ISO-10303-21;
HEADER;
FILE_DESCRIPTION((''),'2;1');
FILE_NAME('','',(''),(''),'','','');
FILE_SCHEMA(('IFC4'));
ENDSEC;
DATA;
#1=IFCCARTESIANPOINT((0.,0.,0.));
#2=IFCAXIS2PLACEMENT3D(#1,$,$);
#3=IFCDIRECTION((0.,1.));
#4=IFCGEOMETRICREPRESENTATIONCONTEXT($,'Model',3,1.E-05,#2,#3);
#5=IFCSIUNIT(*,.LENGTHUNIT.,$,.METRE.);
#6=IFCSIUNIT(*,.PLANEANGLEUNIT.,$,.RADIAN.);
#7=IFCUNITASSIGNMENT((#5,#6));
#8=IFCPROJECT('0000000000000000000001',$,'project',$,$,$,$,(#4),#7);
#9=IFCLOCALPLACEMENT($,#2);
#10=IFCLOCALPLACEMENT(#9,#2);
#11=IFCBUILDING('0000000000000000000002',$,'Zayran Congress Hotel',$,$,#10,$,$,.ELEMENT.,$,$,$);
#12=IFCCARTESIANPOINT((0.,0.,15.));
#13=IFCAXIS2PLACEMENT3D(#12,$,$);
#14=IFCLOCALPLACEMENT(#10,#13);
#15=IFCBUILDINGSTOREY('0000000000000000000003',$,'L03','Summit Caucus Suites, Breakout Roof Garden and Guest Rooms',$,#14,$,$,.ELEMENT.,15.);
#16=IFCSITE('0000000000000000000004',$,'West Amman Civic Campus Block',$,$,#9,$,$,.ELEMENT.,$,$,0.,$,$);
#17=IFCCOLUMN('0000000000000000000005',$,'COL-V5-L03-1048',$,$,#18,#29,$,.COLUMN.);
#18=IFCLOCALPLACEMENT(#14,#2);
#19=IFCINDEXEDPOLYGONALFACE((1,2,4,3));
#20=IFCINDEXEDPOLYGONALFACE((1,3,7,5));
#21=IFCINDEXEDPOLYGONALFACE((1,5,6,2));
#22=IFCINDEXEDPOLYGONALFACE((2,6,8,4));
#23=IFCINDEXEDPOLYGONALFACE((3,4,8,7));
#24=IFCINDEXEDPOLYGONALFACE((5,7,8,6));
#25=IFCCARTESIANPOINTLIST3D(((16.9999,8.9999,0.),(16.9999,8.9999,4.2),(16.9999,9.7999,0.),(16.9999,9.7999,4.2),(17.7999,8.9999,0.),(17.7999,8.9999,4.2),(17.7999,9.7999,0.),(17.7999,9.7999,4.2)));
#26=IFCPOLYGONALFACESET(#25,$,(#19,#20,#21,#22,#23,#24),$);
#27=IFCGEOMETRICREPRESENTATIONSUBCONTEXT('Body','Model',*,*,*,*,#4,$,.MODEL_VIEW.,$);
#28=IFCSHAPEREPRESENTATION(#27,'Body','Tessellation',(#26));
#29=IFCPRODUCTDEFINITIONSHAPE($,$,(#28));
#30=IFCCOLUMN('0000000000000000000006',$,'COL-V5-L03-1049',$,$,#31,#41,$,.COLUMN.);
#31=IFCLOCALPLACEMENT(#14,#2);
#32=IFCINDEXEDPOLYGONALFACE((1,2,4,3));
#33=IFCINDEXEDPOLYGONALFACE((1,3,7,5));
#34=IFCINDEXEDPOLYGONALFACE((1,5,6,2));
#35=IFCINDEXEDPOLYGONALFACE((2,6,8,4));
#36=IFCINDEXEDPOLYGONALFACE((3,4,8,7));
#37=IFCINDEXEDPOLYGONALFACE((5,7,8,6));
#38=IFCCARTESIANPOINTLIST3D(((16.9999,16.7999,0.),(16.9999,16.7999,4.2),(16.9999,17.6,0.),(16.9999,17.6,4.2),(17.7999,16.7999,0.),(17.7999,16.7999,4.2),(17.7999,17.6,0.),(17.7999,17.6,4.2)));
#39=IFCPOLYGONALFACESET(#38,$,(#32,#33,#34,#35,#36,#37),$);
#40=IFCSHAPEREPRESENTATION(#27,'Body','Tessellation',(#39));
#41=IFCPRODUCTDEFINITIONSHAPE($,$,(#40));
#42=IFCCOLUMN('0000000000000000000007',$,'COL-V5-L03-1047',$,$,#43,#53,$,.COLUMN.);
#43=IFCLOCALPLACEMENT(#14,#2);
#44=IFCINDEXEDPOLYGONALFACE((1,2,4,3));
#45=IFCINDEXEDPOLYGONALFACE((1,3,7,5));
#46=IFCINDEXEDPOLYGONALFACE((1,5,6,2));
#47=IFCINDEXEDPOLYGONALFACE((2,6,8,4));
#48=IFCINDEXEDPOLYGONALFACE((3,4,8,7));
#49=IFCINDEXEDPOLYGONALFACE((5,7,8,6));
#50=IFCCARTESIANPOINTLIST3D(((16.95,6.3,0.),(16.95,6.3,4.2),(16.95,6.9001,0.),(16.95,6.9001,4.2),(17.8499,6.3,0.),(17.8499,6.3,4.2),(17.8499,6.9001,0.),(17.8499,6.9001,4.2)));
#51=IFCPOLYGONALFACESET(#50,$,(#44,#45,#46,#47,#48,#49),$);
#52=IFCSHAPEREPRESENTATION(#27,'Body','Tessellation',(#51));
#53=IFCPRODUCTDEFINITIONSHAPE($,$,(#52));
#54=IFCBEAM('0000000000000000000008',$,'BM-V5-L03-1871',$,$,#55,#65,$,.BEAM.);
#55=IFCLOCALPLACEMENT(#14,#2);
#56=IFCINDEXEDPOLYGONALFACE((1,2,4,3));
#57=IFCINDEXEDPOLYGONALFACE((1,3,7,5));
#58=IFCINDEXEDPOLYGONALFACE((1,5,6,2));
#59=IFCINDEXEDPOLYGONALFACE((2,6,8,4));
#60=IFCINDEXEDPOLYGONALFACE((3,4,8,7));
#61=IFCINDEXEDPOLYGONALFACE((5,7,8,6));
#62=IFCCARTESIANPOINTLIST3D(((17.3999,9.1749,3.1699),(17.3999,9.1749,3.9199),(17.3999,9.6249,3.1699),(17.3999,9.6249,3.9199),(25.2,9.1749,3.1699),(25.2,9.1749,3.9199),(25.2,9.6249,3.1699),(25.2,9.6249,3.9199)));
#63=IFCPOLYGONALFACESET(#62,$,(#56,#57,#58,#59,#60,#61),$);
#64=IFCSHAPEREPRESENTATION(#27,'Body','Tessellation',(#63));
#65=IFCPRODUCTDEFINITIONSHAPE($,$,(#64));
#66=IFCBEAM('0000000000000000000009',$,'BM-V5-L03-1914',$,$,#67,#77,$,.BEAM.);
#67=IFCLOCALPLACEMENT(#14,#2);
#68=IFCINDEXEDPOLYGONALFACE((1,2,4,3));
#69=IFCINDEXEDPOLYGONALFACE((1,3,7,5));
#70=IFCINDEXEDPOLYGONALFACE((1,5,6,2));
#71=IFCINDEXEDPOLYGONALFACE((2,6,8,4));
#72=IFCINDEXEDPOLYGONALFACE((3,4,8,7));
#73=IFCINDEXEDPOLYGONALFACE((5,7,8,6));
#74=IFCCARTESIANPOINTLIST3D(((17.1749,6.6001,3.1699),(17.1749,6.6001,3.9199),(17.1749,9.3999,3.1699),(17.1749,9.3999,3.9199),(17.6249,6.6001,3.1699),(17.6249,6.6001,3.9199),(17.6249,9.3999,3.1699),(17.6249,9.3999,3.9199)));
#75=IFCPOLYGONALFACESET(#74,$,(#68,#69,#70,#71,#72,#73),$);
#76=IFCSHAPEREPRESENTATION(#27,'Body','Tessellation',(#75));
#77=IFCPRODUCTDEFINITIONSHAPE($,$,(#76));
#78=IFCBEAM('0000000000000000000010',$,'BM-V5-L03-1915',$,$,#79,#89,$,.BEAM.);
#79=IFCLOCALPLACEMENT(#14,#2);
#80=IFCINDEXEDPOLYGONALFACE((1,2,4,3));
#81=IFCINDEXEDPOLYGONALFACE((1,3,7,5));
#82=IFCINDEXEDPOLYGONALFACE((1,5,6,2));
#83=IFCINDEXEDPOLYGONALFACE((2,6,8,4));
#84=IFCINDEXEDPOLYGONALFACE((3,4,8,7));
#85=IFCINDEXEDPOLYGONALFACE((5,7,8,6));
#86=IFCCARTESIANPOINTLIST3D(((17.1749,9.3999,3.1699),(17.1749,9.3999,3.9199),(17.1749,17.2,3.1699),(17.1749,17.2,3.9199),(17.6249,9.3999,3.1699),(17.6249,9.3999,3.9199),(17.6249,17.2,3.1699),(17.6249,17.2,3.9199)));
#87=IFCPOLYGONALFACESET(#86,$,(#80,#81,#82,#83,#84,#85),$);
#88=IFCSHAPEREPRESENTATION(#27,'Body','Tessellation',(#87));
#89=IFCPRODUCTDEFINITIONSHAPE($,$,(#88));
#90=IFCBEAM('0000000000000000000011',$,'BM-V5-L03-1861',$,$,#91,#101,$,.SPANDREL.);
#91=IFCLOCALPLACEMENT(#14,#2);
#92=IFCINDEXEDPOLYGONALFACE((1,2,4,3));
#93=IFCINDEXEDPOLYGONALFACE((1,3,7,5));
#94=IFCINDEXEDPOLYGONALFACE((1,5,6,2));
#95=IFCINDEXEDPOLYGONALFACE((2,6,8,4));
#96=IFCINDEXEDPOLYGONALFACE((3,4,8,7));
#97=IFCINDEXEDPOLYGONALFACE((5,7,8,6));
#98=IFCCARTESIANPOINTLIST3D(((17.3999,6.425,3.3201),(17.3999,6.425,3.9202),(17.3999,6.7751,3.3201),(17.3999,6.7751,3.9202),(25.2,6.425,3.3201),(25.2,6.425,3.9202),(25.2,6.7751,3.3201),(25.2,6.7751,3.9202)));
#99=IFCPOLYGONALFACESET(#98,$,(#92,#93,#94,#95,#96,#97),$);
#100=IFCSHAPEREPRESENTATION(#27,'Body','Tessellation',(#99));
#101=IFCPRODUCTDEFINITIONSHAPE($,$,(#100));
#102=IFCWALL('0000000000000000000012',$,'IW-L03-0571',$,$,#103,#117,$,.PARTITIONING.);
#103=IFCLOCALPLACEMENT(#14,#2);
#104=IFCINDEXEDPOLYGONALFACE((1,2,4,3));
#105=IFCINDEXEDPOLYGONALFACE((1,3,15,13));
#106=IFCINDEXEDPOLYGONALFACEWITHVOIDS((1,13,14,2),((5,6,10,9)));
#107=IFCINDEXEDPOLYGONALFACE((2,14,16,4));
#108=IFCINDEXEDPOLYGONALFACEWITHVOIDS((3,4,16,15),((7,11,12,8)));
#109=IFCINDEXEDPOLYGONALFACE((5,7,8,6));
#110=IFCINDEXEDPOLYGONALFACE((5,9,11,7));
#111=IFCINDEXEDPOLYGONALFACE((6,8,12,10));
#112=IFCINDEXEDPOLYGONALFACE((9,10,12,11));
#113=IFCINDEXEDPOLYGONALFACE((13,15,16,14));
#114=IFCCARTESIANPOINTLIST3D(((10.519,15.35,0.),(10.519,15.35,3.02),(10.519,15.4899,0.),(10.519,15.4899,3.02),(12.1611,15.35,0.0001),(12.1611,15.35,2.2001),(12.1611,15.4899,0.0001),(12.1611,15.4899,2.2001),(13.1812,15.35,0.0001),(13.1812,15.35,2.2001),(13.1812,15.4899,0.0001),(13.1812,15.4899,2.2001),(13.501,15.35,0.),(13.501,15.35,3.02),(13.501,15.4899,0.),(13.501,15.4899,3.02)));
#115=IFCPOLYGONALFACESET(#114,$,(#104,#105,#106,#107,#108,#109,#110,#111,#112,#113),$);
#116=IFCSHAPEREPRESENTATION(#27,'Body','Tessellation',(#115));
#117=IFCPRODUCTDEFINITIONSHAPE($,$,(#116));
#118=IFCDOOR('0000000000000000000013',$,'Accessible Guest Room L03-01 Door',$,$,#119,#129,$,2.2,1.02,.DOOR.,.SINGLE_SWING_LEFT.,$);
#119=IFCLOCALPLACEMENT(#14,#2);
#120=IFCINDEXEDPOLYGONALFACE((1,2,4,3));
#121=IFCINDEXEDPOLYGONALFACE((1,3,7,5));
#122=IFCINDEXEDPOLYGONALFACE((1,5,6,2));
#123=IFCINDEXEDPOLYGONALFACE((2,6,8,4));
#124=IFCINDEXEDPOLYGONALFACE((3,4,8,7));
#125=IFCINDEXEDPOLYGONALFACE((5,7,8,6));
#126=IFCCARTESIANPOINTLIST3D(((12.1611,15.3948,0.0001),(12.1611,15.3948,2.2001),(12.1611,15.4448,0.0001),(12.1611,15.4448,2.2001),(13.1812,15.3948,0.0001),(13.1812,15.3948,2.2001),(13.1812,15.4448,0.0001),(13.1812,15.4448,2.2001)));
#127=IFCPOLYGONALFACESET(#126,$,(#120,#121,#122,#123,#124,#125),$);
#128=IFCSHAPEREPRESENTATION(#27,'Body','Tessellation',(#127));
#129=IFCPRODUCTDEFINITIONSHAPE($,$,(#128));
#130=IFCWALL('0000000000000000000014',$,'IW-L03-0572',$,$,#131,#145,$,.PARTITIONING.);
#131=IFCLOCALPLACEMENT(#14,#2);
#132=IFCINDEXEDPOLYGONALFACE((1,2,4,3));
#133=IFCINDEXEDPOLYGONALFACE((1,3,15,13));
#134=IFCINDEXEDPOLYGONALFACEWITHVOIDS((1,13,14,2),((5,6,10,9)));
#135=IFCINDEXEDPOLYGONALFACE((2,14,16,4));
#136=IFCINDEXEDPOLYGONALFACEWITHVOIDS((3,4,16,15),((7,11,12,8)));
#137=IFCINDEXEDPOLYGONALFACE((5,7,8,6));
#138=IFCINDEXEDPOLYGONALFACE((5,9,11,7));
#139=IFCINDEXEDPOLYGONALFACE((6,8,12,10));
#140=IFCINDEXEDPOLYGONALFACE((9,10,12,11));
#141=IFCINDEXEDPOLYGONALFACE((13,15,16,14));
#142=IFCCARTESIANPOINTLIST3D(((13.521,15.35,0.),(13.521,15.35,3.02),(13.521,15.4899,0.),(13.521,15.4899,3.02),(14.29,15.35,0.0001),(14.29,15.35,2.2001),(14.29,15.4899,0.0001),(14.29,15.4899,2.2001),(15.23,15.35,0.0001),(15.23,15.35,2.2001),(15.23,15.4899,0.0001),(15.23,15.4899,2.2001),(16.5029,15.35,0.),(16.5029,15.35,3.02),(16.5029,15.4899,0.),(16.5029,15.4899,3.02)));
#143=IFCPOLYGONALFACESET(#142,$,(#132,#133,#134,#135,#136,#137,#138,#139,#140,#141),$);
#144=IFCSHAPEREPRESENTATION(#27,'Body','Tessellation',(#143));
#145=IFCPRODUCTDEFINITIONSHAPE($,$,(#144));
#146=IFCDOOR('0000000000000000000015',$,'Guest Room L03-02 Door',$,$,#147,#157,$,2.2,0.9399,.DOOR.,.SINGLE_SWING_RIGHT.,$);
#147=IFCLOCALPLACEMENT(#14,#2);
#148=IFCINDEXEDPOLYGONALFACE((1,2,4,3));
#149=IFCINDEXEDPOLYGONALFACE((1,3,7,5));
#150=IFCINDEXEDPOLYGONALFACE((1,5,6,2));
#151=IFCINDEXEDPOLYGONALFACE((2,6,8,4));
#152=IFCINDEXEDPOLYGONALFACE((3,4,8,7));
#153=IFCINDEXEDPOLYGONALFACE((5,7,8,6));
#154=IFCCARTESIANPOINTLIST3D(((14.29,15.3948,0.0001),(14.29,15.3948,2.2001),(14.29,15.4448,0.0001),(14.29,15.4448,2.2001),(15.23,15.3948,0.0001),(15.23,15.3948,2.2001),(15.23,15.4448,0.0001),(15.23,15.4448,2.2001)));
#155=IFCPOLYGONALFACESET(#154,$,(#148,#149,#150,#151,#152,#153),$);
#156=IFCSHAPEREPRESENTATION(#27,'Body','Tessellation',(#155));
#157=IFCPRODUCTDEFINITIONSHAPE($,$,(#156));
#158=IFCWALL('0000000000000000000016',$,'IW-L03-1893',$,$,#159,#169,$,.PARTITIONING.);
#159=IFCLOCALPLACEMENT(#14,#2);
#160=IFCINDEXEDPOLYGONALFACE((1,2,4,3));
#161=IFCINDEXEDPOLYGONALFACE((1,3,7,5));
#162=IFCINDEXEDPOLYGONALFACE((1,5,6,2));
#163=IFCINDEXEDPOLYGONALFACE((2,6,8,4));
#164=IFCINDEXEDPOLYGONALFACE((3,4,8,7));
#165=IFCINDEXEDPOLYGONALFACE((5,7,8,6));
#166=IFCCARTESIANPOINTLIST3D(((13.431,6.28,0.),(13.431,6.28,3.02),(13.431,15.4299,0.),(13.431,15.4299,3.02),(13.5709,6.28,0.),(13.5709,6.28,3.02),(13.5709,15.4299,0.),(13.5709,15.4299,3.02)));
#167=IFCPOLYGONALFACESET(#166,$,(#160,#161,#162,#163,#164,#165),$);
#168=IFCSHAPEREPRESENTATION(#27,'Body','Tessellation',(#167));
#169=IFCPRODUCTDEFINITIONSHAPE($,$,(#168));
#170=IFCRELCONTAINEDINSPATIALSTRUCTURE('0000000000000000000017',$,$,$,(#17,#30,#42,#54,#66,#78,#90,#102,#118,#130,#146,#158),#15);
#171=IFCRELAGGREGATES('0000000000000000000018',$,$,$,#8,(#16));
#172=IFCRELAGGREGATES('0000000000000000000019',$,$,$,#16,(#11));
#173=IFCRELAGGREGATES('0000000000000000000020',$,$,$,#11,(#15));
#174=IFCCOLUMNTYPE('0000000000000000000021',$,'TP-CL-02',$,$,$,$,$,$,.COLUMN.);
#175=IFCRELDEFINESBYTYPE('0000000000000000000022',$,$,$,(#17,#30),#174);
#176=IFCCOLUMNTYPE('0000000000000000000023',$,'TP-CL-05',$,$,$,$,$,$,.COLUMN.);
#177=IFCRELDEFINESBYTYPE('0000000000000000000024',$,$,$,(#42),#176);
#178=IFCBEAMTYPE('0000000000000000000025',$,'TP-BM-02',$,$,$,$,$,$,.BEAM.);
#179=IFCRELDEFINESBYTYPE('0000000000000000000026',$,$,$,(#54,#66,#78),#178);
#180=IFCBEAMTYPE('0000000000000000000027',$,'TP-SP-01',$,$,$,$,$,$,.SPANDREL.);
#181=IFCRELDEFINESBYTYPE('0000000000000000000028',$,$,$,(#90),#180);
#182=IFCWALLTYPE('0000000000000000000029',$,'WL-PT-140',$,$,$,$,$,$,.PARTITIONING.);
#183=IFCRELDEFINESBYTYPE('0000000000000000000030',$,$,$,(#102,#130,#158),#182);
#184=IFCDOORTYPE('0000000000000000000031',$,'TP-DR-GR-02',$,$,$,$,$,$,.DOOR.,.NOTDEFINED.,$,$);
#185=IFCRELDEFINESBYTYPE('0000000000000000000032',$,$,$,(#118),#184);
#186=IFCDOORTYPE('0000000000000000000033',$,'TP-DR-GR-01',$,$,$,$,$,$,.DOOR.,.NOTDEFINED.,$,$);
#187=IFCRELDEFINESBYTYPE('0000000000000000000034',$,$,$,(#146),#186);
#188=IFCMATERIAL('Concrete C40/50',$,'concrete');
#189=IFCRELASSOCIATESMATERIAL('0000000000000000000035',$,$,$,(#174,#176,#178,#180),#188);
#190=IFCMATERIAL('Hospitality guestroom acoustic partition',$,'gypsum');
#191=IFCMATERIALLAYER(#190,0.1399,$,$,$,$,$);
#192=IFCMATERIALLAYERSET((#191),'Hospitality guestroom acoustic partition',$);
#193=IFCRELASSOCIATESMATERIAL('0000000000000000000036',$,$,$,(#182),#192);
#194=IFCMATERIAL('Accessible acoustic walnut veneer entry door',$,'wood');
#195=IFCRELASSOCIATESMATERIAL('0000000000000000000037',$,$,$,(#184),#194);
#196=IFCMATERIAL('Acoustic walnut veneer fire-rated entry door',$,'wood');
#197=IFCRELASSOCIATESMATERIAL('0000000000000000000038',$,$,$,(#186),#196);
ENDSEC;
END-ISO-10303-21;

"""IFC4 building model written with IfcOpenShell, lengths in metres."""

from ifc_helpers import new_model, si_unit, direction, frame, frame_2d, origin, origin_2d, place, context, subcontext, project, spatial, rectangle, extrude, material, layer, layer_set, material_profile, profile_set, type_object, element, fill, save


model = new_model("IFC4")

# Units and contexts
model_context = context("Model", 3, precision=1e-05, world=origin(), true_north=direction((0.0, 1.0)))
body_context = subcontext(model_context, "Body", "Model", "MODEL_VIEW")
ifc_project = project(units=[si_unit("LENGTHUNIT", "METRE"), si_unit("PLANEANGLEUNIT", "RADIAN")], contexts=[model_context])

# Site, building, storey
site_placement = place(None, origin())
site = spatial("IfcSite", under=ifc_project, at=site_placement, Name="West Amman Civic Campus Block", CompositionType="ELEMENT", RefElevation=0.0)
building_placement = place(site_placement, origin())
building = spatial("IfcBuilding", under=site, at=building_placement, Name="Zayran Congress Hotel", CompositionType="ELEMENT")
storey_placement = place(building_placement, frame((0.0, 0.0, 15.0)))
storey = spatial("IfcBuildingStorey", under=building, at=storey_placement, Name="L03", Description="Summit Caucus Suites, Breakout Roof Garden and Guest Rooms", CompositionType="ELEMENT", Elevation=15.0)

# Columns
ifc_material_1 = material(Name="Concrete C40/50", Category="concrete")
ifc_material_profile_1 = material_profile(ifc_material_1, rectangle(XDim=0.8, YDim=0.8, at=origin_2d()), Name="RC 800x800")
ifc_profile_set_1 = profile_set([ifc_material_profile_1], Name="Concrete C40/50")
column_type_1 = type_object("IfcColumnType", Name="TP-CL-02", PredefinedType="COLUMN", material=ifc_profile_set_1)
for number, where, z_axis, x_axis, name in (
    (1, (17.3999, 9.3999, 0.0), (0.0, 0.0, 1.0), (1.0, 0.0, 0.0), "COL-V5-L03-1048"),
    (2, (17.3999, 17.2, 0.0), (0.0, 0.0, 1.0), (1.0, 0.0, 0.0), "COL-V5-L03-1049"),
):
    element("IfcColumn", number, at=place(storey_placement, frame(where, z_axis=z_axis, x_axis=x_axis)), inside=storey, type_object=column_type_1, Name=name, PredefinedType="COLUMN", context=body_context, shape_type="SweptSolid", body=[
        extrude(rectangle(XDim=0.8, YDim=0.8, at=origin_2d()), origin(), (0.0, 0.0, 1.0), 4.2),
    ])
ifc_material_profile_2 = material_profile(ifc_material_1, rectangle(XDim=0.6001, YDim=0.8999, at=origin_2d()), Name="RC 900x600")
ifc_profile_set_2 = profile_set([ifc_material_profile_2], Name="Concrete C40/50")
column_type_2 = type_object("IfcColumnType", Name="TP-CL-05", PredefinedType="COLUMN", material=ifc_profile_set_2)
column_placement = place(storey_placement, frame((17.3999, 6.6001, 0.0), z_axis=(0.0, 0.0, 1.0), x_axis=(0.0, 1.0, 0.0)))
element("IfcColumn", 3, at=column_placement, inside=storey, type_object=column_type_2, Name="COL-V5-L03-1047", PredefinedType="COLUMN", context=body_context, shape_type="SweptSolid", body=[
    extrude(rectangle(XDim=0.6001, YDim=0.8999, at=origin_2d()), origin(), (0.0, 0.0, 1.0), 4.2),
])

# Beams
ifc_material_profile_3 = material_profile(ifc_material_1, rectangle(XDim=0.45, YDim=0.75, at=origin_2d()), Name="RC 450x750")
ifc_profile_set_3 = profile_set([ifc_material_profile_3], Name="Concrete C40/50")
beam_type_1 = type_object("IfcBeamType", Name="TP-BM-02", PredefinedType="BEAM", material=ifc_profile_set_3)
beam_1_placement = place(storey_placement, frame((17.3999, 9.3999, 3.5449), z_axis=(1.0, 0.0, 0.0), x_axis=(0.0, 1.0, 0.0)))
element("IfcBeam", 4, at=beam_1_placement, inside=storey, type_object=beam_type_1, Name="BM-V5-L03-1871", PredefinedType="BEAM", context=body_context, shape_type="SweptSolid", body=[
    extrude(rectangle(XDim=0.45, YDim=0.75, at=origin_2d()), origin(), (0.0, 0.0, 1.0), 7.8),
])
beam_2_placement = place(storey_placement, frame((17.3999, 6.6001, 3.5449), z_axis=(0.0, 1.0, 0.0), x_axis=(-1.0, 0.0, 0.0)))
element("IfcBeam", 5, at=beam_2_placement, inside=storey, type_object=beam_type_1, Name="BM-V5-L03-1914", PredefinedType="BEAM", context=body_context, shape_type="SweptSolid", body=[
    extrude(rectangle(XDim=0.45, YDim=0.75, at=origin_2d()), origin(), (0.0, 0.0, 1.0), 2.7998),
])
beam_3_placement = place(storey_placement, frame((17.3999, 9.3999, 3.5449), z_axis=(0.0, 1.0, 0.0), x_axis=(-1.0, 0.0, 0.0)))
element("IfcBeam", 6, at=beam_3_placement, inside=storey, type_object=beam_type_1, Name="BM-V5-L03-1915", PredefinedType="BEAM", context=body_context, shape_type="SweptSolid", body=[
    extrude(rectangle(XDim=0.45, YDim=0.75, at=origin_2d()), origin(), (0.0, 0.0, 1.0), 7.8),
])
ifc_material_profile_4 = material_profile(ifc_material_1, rectangle(XDim=0.3501, YDim=0.6001, at=origin_2d()), Name="RC 350x600")
ifc_profile_set_4 = profile_set([ifc_material_profile_4], Name="Concrete C40/50")
beam_type_2 = type_object("IfcBeamType", Name="TP-SP-01", PredefinedType="SPANDREL", material=ifc_profile_set_4)
beam_4_placement = place(storey_placement, frame((17.3999, 6.6001, 3.6201), z_axis=(1.0, 0.0, 0.0), x_axis=(0.0, 1.0, 0.0)))
element("IfcBeam", 7, at=beam_4_placement, inside=storey, type_object=beam_type_2, Name="BM-V5-L03-1861", PredefinedType="SPANDREL", context=body_context, shape_type="SweptSolid", body=[
    extrude(rectangle(XDim=0.3501, YDim=0.6001, at=origin_2d()), origin(), (0.0, 0.0, 1.0), 7.8),
])

# Walls, openings, doors
ifc_material_2 = material(Name="Hospitality guestroom acoustic partition", Category="gypsum")
ifc_layer_1 = layer(ifc_material_2, 0.1399)
ifc_layer_set_1 = layer_set([ifc_layer_1], Name="Hospitality guestroom acoustic partition")
wall_type_1 = type_object("IfcWallType", Name="WL-PT-140", PredefinedType="PARTITIONING", material=ifc_layer_set_1)
wall_1_placement = place(storey_placement, frame((10.519, 15.4199, 0.0), z_axis=(0.0, 0.0, 1.0), x_axis=(1.0, 0.0, 0.0)))
wall_1 = element("IfcWall", 8, at=wall_1_placement, inside=storey, type_object=wall_type_1, Name="IW-L03-0571", PredefinedType="PARTITIONING", context=body_context, shape_type="SweptSolid", body=[
    extrude(rectangle(XDim=2.9819, YDim=0.1399, at=frame_2d((1.491, 0.0))), origin(), (0.0, 0.0, 1.0), 3.02),
])
opening_1_placement = place(wall_1_placement, frame((1.6421, 0.0, 0.0)))
opening_1 = element("IfcOpeningElement", 9, at=opening_1_placement, cuts=wall_1, PredefinedType="OPENING", context=body_context, shape_type="SweptSolid", body=[
    extrude(rectangle(XDim=1.02, YDim=2.2, at=frame_2d((0.51, 1.1001))), frame((0.0, 0.0798, 0.0), z_axis=(0.0, -1.0, 0.0), x_axis=(1.0, 0.0, 0.0)), (0.0, 0.0, 1.0), 0.1599),
])
ifc_material_3 = material(Name="Accessible acoustic walnut veneer entry door", Category="wood")
door_type_1 = type_object("IfcDoorType", Name="TP-DR-GR-02", OperationType="NOTDEFINED", PredefinedType="DOOR", material=ifc_material_3)
door_1_placement = place(opening_1_placement, origin())
door_1 = element("IfcDoor", 10, at=door_1_placement, inside=storey, type_object=door_type_1, Name="Accessible Guest Room L03-01 Door", OperationType="SINGLE_SWING_LEFT", OverallHeight=2.2, OverallWidth=1.02, PredefinedType="DOOR", context=body_context, shape_type="SweptSolid", body=[
    extrude(rectangle(XDim=1.02, YDim=2.2, at=frame_2d((0.51, 1.1001))), frame((0.0, 0.0249, 0.0), z_axis=(0.0, -1.0, 0.0), x_axis=(1.0, 0.0, 0.0)), (0.0, 0.0, 1.0), 0.05),
])
fill(opening_1, door_1)
wall_2_placement = place(storey_placement, frame((13.521, 15.4199, 0.0), z_axis=(0.0, 0.0, 1.0), x_axis=(1.0, 0.0, 0.0)))
wall_2 = element("IfcWall", 11, at=wall_2_placement, inside=storey, type_object=wall_type_1, Name="IW-L03-0572", PredefinedType="PARTITIONING", context=body_context, shape_type="SweptSolid", body=[
    extrude(rectangle(XDim=2.9819, YDim=0.1399, at=frame_2d((1.491, 0.0))), origin(), (0.0, 0.0, 1.0), 3.02),
])
opening_2_placement = place(wall_2_placement, frame((0.769, 0.0, 0.0)))
opening_2 = element("IfcOpeningElement", 12, at=opening_2_placement, cuts=wall_2, PredefinedType="OPENING", context=body_context, shape_type="SweptSolid", body=[
    extrude(rectangle(XDim=0.9399, YDim=2.2, at=frame_2d((0.47, 1.1001))), frame((0.0, 0.0798, 0.0), z_axis=(0.0, -1.0, 0.0), x_axis=(1.0, 0.0, 0.0)), (0.0, 0.0, 1.0), 0.1599),
])
ifc_material_4 = material(Name="Acoustic walnut veneer fire-rated entry door", Category="wood")
door_type_2 = type_object("IfcDoorType", Name="TP-DR-GR-01", OperationType="NOTDEFINED", PredefinedType="DOOR", material=ifc_material_4)
door_2_placement = place(opening_2_placement, origin())
door_2 = element("IfcDoor", 13, at=door_2_placement, inside=storey, type_object=door_type_2, Name="Guest Room L03-02 Door", OperationType="SINGLE_SWING_RIGHT", OverallHeight=2.2, OverallWidth=0.9399, PredefinedType="DOOR", context=body_context, shape_type="SweptSolid", body=[
    extrude(rectangle(XDim=0.9399, YDim=2.2, at=frame_2d((0.47, 1.1001))), frame((0.0, 0.0249, 0.0), z_axis=(0.0, -1.0, 0.0), x_axis=(1.0, 0.0, 0.0)), (0.0, 0.0, 1.0), 0.05),
])
fill(opening_2, door_2)

# Wall
wall_3_placement = place(storey_placement, frame((13.501, 6.28, 0.0), z_axis=(0.0, 0.0, 1.0), x_axis=(0.0, 1.0, 0.0)))
element("IfcWall", 14, at=wall_3_placement, inside=storey, type_object=wall_type_1, Name="IW-L03-1893", PredefinedType="PARTITIONING", context=body_context, shape_type="SweptSolid", body=[
    extrude(rectangle(XDim=9.1499, YDim=0.1399, at=frame_2d((4.575, 0.0))), origin(), (0.0, 0.0, 1.0), 3.02),
])

save(model, "model.ifc")
